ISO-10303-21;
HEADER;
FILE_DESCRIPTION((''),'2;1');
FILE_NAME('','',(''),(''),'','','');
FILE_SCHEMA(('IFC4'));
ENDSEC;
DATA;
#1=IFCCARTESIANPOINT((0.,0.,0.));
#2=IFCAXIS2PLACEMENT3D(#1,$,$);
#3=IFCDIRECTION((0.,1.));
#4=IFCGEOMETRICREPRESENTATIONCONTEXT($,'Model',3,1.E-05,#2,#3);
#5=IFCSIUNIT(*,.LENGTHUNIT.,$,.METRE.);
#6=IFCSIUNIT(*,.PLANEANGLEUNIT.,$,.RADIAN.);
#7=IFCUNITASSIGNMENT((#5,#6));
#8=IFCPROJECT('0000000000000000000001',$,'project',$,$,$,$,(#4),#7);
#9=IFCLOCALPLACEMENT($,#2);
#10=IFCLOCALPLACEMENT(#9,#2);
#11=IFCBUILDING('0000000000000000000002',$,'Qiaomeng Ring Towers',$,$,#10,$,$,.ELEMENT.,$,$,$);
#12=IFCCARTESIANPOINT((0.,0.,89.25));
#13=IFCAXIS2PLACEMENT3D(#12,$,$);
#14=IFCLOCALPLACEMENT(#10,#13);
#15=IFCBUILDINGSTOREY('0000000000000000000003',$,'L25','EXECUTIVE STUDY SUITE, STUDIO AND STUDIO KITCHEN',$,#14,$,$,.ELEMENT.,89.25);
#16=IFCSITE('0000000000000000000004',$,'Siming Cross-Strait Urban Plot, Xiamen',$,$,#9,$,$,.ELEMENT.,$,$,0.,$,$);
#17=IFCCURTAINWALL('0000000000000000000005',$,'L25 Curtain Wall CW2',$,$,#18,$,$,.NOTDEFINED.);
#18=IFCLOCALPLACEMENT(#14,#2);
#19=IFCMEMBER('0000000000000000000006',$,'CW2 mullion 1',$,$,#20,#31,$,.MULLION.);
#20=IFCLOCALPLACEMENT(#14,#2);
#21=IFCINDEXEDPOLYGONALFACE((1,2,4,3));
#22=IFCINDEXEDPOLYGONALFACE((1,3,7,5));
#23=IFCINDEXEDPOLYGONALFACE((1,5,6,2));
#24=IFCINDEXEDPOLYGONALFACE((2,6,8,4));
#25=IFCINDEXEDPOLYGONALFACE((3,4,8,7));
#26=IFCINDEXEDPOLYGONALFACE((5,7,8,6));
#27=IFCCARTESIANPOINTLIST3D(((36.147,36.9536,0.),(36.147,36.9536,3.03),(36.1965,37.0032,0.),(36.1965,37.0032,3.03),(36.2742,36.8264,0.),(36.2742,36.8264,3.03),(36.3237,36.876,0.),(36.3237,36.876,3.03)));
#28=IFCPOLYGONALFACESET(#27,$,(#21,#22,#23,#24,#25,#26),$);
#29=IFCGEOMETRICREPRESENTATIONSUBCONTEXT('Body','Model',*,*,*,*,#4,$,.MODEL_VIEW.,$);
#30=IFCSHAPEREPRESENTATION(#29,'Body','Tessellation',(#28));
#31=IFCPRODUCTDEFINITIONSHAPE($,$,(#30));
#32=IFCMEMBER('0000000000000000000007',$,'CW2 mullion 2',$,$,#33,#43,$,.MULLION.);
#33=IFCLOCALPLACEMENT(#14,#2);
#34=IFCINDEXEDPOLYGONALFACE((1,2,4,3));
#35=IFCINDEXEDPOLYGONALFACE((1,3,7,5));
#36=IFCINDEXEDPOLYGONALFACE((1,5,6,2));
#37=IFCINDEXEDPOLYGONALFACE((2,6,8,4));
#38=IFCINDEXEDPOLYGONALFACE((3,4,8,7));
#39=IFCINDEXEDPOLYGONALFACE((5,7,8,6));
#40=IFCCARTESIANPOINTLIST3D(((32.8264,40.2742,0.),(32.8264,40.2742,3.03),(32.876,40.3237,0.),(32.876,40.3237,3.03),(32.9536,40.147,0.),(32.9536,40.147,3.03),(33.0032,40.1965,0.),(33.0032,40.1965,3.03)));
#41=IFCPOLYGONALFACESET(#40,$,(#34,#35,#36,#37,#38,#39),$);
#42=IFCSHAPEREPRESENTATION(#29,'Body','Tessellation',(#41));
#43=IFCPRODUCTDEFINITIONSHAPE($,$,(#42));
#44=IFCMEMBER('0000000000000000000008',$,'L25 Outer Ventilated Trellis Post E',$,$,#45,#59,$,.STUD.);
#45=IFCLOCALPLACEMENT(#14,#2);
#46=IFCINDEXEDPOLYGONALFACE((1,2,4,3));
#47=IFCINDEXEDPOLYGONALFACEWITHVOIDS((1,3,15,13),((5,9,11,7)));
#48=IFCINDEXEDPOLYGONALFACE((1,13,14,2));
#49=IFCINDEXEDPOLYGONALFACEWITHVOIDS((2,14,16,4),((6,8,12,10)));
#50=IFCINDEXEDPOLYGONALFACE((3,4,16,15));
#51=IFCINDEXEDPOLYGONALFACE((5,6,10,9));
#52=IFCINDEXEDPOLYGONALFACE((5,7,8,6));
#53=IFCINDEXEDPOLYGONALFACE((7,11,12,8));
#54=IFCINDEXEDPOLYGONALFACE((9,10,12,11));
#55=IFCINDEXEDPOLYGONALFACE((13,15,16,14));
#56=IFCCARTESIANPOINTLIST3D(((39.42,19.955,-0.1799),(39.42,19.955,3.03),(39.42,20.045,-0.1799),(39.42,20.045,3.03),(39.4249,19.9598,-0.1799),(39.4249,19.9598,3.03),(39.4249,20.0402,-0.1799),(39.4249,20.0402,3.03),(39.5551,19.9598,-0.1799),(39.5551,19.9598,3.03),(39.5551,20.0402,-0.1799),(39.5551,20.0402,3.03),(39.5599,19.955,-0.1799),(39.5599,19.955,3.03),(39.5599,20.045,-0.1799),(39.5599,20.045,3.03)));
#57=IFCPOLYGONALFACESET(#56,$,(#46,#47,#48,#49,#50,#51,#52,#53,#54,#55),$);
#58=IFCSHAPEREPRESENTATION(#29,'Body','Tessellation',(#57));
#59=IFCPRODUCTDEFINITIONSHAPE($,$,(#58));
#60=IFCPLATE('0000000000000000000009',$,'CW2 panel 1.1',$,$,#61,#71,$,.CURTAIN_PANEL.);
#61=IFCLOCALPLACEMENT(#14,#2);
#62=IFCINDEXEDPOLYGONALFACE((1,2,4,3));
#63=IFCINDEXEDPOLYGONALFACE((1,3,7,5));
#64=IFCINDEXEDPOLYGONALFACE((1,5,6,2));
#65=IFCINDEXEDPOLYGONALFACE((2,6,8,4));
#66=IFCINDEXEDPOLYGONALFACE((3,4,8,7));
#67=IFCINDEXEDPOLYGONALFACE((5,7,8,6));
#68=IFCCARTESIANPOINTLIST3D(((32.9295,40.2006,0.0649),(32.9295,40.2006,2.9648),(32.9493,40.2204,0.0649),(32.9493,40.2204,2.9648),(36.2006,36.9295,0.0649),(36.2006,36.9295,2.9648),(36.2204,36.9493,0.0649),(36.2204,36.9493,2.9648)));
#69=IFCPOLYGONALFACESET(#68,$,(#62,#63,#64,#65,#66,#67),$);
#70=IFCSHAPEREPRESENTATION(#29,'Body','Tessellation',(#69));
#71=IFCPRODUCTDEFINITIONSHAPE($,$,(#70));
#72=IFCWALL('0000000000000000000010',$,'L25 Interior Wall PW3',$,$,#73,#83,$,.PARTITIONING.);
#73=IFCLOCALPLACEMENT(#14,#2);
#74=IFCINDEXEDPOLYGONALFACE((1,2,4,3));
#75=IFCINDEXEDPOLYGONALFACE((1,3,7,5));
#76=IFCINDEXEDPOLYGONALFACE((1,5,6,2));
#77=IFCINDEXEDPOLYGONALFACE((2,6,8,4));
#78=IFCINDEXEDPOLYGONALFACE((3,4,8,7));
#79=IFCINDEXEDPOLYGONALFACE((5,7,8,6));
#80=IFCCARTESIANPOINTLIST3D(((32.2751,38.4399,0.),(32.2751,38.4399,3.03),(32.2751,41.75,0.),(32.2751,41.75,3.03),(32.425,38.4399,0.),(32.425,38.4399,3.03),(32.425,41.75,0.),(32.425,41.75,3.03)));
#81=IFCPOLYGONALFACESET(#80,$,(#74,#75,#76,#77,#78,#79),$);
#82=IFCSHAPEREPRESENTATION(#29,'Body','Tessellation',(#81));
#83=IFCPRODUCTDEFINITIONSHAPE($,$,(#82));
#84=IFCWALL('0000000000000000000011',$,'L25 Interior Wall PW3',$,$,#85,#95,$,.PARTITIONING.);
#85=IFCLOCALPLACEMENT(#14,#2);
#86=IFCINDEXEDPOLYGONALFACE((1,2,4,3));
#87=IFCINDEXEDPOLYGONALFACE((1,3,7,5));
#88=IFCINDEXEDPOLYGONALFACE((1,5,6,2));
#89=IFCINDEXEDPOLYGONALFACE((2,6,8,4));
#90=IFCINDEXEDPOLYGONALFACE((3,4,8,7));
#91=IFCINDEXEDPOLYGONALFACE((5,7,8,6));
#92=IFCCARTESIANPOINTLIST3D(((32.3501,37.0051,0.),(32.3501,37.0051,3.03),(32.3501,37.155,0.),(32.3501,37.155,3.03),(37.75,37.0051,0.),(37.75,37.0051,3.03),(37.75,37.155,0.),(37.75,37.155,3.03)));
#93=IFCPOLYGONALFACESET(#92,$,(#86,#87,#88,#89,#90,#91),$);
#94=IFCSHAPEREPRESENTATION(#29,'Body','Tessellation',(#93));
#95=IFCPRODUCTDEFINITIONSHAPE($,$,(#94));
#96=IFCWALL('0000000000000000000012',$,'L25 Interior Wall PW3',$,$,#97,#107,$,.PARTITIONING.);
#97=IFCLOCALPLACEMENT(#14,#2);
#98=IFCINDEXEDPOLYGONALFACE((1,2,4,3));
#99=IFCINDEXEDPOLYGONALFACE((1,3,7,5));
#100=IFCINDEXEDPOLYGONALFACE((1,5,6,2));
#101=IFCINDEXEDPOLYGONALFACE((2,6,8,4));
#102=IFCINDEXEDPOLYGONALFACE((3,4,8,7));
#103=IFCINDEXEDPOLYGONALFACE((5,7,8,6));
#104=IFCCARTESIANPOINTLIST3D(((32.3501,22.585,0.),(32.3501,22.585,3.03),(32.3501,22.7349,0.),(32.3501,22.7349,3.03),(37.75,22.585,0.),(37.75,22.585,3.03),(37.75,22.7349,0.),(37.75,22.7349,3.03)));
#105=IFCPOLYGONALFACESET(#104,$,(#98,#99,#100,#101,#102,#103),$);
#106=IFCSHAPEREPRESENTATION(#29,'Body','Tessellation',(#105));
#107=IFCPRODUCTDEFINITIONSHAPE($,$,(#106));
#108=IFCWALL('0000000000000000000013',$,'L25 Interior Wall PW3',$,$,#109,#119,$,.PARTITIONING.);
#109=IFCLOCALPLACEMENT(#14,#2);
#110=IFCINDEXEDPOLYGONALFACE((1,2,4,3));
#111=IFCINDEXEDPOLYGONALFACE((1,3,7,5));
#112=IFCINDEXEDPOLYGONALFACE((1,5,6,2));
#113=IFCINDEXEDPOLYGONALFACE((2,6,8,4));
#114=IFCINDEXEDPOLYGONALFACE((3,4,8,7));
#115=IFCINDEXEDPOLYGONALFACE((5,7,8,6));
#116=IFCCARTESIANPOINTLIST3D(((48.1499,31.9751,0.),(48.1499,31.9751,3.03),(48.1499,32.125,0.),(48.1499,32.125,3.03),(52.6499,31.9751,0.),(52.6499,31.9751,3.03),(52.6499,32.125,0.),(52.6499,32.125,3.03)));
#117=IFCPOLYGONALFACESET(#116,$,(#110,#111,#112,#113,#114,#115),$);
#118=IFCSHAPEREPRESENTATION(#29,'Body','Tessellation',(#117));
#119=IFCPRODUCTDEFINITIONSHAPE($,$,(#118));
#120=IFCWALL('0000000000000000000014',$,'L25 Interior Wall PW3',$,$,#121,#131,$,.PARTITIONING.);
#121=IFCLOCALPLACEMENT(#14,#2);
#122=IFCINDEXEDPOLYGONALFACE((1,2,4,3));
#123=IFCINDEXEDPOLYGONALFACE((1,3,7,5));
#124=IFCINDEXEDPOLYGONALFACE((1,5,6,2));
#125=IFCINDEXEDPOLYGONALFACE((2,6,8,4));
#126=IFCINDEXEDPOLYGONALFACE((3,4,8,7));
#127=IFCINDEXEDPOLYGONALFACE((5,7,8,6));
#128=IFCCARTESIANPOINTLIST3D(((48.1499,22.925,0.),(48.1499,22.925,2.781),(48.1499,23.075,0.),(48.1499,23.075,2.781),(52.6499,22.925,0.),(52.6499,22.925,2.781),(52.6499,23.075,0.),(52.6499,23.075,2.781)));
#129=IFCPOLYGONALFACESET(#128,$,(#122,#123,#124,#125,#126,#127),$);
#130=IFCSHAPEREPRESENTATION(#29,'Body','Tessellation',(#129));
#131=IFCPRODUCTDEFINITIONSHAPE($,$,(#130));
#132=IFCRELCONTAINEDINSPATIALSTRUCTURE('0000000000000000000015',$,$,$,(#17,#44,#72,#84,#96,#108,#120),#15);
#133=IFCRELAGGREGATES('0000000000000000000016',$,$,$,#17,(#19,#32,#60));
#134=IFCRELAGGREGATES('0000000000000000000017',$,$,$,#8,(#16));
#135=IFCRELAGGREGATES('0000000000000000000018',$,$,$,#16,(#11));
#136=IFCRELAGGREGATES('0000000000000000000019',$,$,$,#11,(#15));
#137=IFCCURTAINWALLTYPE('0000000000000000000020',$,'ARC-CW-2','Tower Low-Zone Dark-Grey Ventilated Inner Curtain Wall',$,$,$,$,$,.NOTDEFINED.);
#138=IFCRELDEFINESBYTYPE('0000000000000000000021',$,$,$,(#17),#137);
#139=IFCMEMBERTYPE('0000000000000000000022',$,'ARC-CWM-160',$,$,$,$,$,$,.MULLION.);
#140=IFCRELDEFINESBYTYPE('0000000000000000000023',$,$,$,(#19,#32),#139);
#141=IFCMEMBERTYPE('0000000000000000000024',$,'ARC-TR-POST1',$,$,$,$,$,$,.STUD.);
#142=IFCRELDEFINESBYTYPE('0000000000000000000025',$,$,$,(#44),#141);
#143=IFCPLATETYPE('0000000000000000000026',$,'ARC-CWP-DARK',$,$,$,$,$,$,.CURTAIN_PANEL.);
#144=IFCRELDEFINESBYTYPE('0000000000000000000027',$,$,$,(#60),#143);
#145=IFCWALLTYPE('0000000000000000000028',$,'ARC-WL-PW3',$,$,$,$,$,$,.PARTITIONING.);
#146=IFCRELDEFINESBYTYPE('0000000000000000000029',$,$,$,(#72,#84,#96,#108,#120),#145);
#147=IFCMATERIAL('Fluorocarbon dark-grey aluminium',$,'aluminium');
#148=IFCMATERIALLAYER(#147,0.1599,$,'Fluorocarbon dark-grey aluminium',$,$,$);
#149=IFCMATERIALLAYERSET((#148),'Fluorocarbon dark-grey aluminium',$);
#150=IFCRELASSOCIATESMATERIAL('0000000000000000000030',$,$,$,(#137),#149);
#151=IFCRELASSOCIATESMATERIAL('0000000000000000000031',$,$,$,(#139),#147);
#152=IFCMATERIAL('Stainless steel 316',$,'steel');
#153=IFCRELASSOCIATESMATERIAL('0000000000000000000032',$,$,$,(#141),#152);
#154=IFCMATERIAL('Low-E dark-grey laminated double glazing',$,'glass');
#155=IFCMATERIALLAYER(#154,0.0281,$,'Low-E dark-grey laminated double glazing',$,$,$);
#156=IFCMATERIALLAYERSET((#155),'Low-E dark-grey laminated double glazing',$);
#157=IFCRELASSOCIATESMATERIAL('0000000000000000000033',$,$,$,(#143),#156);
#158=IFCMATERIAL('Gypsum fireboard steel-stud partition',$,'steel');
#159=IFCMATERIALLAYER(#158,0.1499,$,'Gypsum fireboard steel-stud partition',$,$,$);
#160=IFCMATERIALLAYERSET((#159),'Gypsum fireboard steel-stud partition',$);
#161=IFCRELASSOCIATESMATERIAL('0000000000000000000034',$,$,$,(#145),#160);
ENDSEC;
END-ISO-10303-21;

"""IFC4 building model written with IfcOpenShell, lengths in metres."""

from ifc_helpers import new_model, si_unit, direction, frame, frame_2d, origin, origin_2d, place, context, subcontext, project, spatial, rectangle, hollow_rectangle, extrude, source, transform, mapped, material, layer, layer_set, material_profile, profile_set, type_object, element, aggregate, save


model = new_model("IFC4")

# Units and contexts
model_context = context("Model", 3, precision=1e-05, world=origin(), true_north=direction((0.0, 1.0)))
body_context = subcontext(model_context, "Body", "Model", "MODEL_VIEW")
ifc_project = project(units=[si_unit("LENGTHUNIT", "METRE"), si_unit("PLANEANGLEUNIT", "RADIAN")], contexts=[model_context])

# Site, building, storey
site_placement = place(None, origin())
site = spatial("IfcSite", under=ifc_project, at=site_placement, Name="Siming Cross-Strait Urban Plot, Xiamen", CompositionType="ELEMENT", RefElevation=0.0)
building_placement = place(site_placement, origin())
building = spatial("IfcBuilding", under=site, at=building_placement, Name="Qiaomeng Ring Towers", CompositionType="ELEMENT")
storey_placement = place(building_placement, frame((0.0, 0.0, 89.25)))
storey = spatial("IfcBuildingStorey", under=building, at=storey_placement, Name="L25", Description="EXECUTIVE STUDY SUITE, STUDIO AND STUDIO KITCHEN", CompositionType="ELEMENT", Elevation=89.25)

# Curtain wall, members
ifc_material_1 = material(Name="Fluorocarbon dark-grey aluminium", Category="aluminium")
ifc_layer_1 = layer(ifc_material_1, 0.1599, Name="Fluorocarbon dark-grey aluminium")
ifc_layer_set_1 = layer_set([ifc_layer_1], Name="Fluorocarbon dark-grey aluminium")
curtain_wall_type = type_object("IfcCurtainWallType", Name="ARC-CW-2", Description="Tower Low-Zone Dark-Grey Ventilated Inner Curtain Wall", PredefinedType="NOTDEFINED", material=ifc_layer_set_1)
curtain_wall_placement = place(storey_placement, origin())
curtain_wall = element("IfcCurtainWall", 1, at=curtain_wall_placement, inside=storey, type_object=curtain_wall_type, Name="L25 Curtain Wall CW2", PredefinedType="NOTDEFINED")
ifc_material_profile_1 = material_profile(ifc_material_1, rectangle(XDim=0.0701, YDim=0.1799, at=origin_2d()), Name="ALU MULL 70x180")
ifc_profile_set_1 = profile_set([ifc_material_profile_1], Name="Fluorocarbon dark-grey aluminium")
member_type_1 = type_object("IfcMemberType", Name="ARC-CWM-160", PredefinedType="MULLION", material=ifc_profile_set_1)
shared_shape_1 = source(origin(), body_context, "Body", "SweptSolid", [
    extrude(rectangle(XDim=0.0701, YDim=0.1799, at=origin_2d()), origin(), (0.0, 0.0, 1.0), 3.03),
])
member_1_placement = place(storey_placement, frame((36.2354, 36.9148, 0.0), z_axis=(0.0, 0.0, 1.0), x_axis=(-0.707107, -0.707107, 0.0)))
member_1 = element("IfcMember", 2, at=member_1_placement, type_object=member_type_1, Name="CW2 mullion 1", PredefinedType="MULLION", context=body_context, shape_type="MappedRepresentation", body=[
    mapped(shared_shape_1, transform((0.0, 0.0, 0.0), x_axis=(1.0, 0.0, 0.0), y_axis=(0.0, 1.0, 0.0), z_axis=(0.0, 0.0, 1.0), scale=1.0)),
])
member_2_placement = place(storey_placement, frame((32.9148, 40.2354, 0.0), z_axis=(0.0, 0.0, 1.0), x_axis=(-0.707107, -0.707107, 0.0)))
member_2 = element("IfcMember", 3, at=member_2_placement, type_object=member_type_1, Name="CW2 mullion 2", PredefinedType="MULLION", context=body_context, shape_type="MappedRepresentation", body=[
    mapped(shared_shape_1, transform((0.0, 0.0, 0.0), x_axis=(1.0, 0.0, 0.0), y_axis=(0.0, 1.0, 0.0), z_axis=(0.0, 0.0, 1.0), scale=1.0)),
])

# Member
ifc_material_2 = material(Name="Stainless steel 316", Category="steel")
ifc_material_profile_2 = material_profile(ifc_material_2, hollow_rectangle(XDim=0.0901, YDim=0.1399, WallThickness=0.0049, at=origin_2d()), Name="SS TRELLIS 90x140")
ifc_profile_set_2 = profile_set([ifc_material_profile_2], Name="Stainless steel 316")
member_type_2 = type_object("IfcMemberType", Name="ARC-TR-POST1", PredefinedType="STUD", material=ifc_profile_set_2)
shared_shape_2 = source(origin(), body_context, "Body", "SweptSolid", [
    extrude(hollow_rectangle(XDim=0.0901, YDim=0.1399, WallThickness=0.0049, at=origin_2d()), origin(), (0.0, 0.0, 1.0), 3.21),
])
member_3_placement = place(storey_placement, frame((39.49, 20.0, -0.1799), z_axis=(0.0, 0.0, 1.0), x_axis=(0.0, 1.0, 0.0)))
element("IfcMember", 4, at=member_3_placement, inside=storey, type_object=member_type_2, Name="L25 Outer Ventilated Trellis Post E", PredefinedType="STUD", context=body_context, shape_type="MappedRepresentation", body=[
    mapped(shared_shape_2, transform((0.0, 0.0, 0.0), x_axis=(1.0, 0.0, 0.0), y_axis=(0.0, 1.0, 0.0), z_axis=(0.0, 0.0, 1.0), scale=1.0)),
])

# Plate
ifc_material_3 = material(Name="Low-E dark-grey laminated double glazing", Category="glass")
ifc_layer_2 = layer(ifc_material_3, 0.0281, Name="Low-E dark-grey laminated double glazing")
ifc_layer_set_2 = layer_set([ifc_layer_2], Name="Low-E dark-grey laminated double glazing")
plate_type = type_object("IfcPlateType", Name="ARC-CWP-DARK", PredefinedType="CURTAIN_PANEL", material=ifc_layer_set_2)
shared_shape_3 = source(origin(), body_context, "Body", "SweptSolid", [
    extrude(rectangle(XDim=4.626, YDim=0.0281, at=origin_2d()), origin(), (0.0, 0.0, 1.0), 2.8999),
])
plate_placement = place(storey_placement, frame((34.575, 38.575, 0.0649), z_axis=(0.0, 0.0, 1.0), x_axis=(-0.707107, 0.707107, 0.0)))
plate = element("IfcPlate", 5, at=plate_placement, type_object=plate_type, Name="CW2 panel 1.1", PredefinedType="CURTAIN_PANEL", context=body_context, shape_type="MappedRepresentation", body=[
    mapped(shared_shape_3, transform((0.0, 0.0, 0.0), x_axis=(1.0, 0.0, 0.0), y_axis=(0.0, 1.0, 0.0), z_axis=(0.0, 0.0, 1.0), scale=1.0)),
])
aggregate(curtain_wall, [member_1, member_2, plate])

# Walls
ifc_material_4 = material(Name="Gypsum fireboard steel-stud partition", Category="steel")
ifc_layer_3 = layer(ifc_material_4, 0.1499, Name="Gypsum fireboard steel-stud partition")
ifc_layer_set_3 = layer_set([ifc_layer_3], Name="Gypsum fireboard steel-stud partition")
wall_type_1 = type_object("IfcWallType", Name="ARC-WL-PW3", PredefinedType="PARTITIONING", material=ifc_layer_set_3)
wall_1_placement = place(storey_placement, frame((32.3501, 38.4399, 0.0), z_axis=(0.0, 0.0, 1.0), x_axis=(0.0, 1.0, 0.0)))
element("IfcWall", 6, at=wall_1_placement, inside=storey, type_object=wall_type_1, Name="L25 Interior Wall PW3", PredefinedType="PARTITIONING", context=body_context, shape_type="SweptSolid", body=[
    extrude(rectangle(XDim=3.3101, YDim=0.1499, at=frame_2d((1.655, 0.0))), origin(), (0.0, 0.0, 1.0), 3.03),
])
for number, where, z_axis, x_axis, name in (
    (7, (32.3501, 37.0801, 0.0), (0.0, 0.0, 1.0), (1.0, 0.0, 0.0), "L25 Interior Wall PW3"),
    (8, (32.3501, 22.6599, 0.0), (0.0, 0.0, 1.0), (1.0, 0.0, 0.0), "L25 Interior Wall PW3"),
):
    element("IfcWall", number, at=place(storey_placement, frame(where, z_axis=z_axis, x_axis=x_axis)), inside=storey, type_object=wall_type_1, Name=name, PredefinedType="PARTITIONING", context=body_context, shape_type="SweptSolid", body=[
        extrude(rectangle(XDim=5.3999, YDim=0.1499, at=frame_2d((2.7, 0.0))), origin(), (0.0, 0.0, 1.0), 3.03),
    ])
wall_2_placement = place(storey_placement, frame((48.1499, 32.05, 0.0), z_axis=(0.0, 0.0, 1.0), x_axis=(1.0, 0.0, 0.0)))
element("IfcWall", 9, at=wall_2_placement, inside=storey, type_object=wall_type_1, Name="L25 Interior Wall PW3", PredefinedType="PARTITIONING", context=body_context, shape_type="SweptSolid", body=[
    extrude(rectangle(XDim=4.5, YDim=0.1499, at=frame_2d((2.25, 0.0))), origin(), (0.0, 0.0, 1.0), 3.03),
])
wall_3_placement = place(storey_placement, frame((48.1499, 23.0, 0.0), z_axis=(0.0, 0.0, 1.0), x_axis=(1.0, 0.0, 0.0)))
element("IfcWall", 10, at=wall_3_placement, inside=storey, type_object=wall_type_1, Name="L25 Interior Wall PW3", PredefinedType="PARTITIONING", context=body_context, shape_type="SweptSolid", body=[
    extrude(rectangle(XDim=4.5, YDim=0.1499, at=frame_2d((2.25, 0.0))), origin(), (0.0, 0.0, 1.0), 2.781),
])

save(model, "model.ifc")
